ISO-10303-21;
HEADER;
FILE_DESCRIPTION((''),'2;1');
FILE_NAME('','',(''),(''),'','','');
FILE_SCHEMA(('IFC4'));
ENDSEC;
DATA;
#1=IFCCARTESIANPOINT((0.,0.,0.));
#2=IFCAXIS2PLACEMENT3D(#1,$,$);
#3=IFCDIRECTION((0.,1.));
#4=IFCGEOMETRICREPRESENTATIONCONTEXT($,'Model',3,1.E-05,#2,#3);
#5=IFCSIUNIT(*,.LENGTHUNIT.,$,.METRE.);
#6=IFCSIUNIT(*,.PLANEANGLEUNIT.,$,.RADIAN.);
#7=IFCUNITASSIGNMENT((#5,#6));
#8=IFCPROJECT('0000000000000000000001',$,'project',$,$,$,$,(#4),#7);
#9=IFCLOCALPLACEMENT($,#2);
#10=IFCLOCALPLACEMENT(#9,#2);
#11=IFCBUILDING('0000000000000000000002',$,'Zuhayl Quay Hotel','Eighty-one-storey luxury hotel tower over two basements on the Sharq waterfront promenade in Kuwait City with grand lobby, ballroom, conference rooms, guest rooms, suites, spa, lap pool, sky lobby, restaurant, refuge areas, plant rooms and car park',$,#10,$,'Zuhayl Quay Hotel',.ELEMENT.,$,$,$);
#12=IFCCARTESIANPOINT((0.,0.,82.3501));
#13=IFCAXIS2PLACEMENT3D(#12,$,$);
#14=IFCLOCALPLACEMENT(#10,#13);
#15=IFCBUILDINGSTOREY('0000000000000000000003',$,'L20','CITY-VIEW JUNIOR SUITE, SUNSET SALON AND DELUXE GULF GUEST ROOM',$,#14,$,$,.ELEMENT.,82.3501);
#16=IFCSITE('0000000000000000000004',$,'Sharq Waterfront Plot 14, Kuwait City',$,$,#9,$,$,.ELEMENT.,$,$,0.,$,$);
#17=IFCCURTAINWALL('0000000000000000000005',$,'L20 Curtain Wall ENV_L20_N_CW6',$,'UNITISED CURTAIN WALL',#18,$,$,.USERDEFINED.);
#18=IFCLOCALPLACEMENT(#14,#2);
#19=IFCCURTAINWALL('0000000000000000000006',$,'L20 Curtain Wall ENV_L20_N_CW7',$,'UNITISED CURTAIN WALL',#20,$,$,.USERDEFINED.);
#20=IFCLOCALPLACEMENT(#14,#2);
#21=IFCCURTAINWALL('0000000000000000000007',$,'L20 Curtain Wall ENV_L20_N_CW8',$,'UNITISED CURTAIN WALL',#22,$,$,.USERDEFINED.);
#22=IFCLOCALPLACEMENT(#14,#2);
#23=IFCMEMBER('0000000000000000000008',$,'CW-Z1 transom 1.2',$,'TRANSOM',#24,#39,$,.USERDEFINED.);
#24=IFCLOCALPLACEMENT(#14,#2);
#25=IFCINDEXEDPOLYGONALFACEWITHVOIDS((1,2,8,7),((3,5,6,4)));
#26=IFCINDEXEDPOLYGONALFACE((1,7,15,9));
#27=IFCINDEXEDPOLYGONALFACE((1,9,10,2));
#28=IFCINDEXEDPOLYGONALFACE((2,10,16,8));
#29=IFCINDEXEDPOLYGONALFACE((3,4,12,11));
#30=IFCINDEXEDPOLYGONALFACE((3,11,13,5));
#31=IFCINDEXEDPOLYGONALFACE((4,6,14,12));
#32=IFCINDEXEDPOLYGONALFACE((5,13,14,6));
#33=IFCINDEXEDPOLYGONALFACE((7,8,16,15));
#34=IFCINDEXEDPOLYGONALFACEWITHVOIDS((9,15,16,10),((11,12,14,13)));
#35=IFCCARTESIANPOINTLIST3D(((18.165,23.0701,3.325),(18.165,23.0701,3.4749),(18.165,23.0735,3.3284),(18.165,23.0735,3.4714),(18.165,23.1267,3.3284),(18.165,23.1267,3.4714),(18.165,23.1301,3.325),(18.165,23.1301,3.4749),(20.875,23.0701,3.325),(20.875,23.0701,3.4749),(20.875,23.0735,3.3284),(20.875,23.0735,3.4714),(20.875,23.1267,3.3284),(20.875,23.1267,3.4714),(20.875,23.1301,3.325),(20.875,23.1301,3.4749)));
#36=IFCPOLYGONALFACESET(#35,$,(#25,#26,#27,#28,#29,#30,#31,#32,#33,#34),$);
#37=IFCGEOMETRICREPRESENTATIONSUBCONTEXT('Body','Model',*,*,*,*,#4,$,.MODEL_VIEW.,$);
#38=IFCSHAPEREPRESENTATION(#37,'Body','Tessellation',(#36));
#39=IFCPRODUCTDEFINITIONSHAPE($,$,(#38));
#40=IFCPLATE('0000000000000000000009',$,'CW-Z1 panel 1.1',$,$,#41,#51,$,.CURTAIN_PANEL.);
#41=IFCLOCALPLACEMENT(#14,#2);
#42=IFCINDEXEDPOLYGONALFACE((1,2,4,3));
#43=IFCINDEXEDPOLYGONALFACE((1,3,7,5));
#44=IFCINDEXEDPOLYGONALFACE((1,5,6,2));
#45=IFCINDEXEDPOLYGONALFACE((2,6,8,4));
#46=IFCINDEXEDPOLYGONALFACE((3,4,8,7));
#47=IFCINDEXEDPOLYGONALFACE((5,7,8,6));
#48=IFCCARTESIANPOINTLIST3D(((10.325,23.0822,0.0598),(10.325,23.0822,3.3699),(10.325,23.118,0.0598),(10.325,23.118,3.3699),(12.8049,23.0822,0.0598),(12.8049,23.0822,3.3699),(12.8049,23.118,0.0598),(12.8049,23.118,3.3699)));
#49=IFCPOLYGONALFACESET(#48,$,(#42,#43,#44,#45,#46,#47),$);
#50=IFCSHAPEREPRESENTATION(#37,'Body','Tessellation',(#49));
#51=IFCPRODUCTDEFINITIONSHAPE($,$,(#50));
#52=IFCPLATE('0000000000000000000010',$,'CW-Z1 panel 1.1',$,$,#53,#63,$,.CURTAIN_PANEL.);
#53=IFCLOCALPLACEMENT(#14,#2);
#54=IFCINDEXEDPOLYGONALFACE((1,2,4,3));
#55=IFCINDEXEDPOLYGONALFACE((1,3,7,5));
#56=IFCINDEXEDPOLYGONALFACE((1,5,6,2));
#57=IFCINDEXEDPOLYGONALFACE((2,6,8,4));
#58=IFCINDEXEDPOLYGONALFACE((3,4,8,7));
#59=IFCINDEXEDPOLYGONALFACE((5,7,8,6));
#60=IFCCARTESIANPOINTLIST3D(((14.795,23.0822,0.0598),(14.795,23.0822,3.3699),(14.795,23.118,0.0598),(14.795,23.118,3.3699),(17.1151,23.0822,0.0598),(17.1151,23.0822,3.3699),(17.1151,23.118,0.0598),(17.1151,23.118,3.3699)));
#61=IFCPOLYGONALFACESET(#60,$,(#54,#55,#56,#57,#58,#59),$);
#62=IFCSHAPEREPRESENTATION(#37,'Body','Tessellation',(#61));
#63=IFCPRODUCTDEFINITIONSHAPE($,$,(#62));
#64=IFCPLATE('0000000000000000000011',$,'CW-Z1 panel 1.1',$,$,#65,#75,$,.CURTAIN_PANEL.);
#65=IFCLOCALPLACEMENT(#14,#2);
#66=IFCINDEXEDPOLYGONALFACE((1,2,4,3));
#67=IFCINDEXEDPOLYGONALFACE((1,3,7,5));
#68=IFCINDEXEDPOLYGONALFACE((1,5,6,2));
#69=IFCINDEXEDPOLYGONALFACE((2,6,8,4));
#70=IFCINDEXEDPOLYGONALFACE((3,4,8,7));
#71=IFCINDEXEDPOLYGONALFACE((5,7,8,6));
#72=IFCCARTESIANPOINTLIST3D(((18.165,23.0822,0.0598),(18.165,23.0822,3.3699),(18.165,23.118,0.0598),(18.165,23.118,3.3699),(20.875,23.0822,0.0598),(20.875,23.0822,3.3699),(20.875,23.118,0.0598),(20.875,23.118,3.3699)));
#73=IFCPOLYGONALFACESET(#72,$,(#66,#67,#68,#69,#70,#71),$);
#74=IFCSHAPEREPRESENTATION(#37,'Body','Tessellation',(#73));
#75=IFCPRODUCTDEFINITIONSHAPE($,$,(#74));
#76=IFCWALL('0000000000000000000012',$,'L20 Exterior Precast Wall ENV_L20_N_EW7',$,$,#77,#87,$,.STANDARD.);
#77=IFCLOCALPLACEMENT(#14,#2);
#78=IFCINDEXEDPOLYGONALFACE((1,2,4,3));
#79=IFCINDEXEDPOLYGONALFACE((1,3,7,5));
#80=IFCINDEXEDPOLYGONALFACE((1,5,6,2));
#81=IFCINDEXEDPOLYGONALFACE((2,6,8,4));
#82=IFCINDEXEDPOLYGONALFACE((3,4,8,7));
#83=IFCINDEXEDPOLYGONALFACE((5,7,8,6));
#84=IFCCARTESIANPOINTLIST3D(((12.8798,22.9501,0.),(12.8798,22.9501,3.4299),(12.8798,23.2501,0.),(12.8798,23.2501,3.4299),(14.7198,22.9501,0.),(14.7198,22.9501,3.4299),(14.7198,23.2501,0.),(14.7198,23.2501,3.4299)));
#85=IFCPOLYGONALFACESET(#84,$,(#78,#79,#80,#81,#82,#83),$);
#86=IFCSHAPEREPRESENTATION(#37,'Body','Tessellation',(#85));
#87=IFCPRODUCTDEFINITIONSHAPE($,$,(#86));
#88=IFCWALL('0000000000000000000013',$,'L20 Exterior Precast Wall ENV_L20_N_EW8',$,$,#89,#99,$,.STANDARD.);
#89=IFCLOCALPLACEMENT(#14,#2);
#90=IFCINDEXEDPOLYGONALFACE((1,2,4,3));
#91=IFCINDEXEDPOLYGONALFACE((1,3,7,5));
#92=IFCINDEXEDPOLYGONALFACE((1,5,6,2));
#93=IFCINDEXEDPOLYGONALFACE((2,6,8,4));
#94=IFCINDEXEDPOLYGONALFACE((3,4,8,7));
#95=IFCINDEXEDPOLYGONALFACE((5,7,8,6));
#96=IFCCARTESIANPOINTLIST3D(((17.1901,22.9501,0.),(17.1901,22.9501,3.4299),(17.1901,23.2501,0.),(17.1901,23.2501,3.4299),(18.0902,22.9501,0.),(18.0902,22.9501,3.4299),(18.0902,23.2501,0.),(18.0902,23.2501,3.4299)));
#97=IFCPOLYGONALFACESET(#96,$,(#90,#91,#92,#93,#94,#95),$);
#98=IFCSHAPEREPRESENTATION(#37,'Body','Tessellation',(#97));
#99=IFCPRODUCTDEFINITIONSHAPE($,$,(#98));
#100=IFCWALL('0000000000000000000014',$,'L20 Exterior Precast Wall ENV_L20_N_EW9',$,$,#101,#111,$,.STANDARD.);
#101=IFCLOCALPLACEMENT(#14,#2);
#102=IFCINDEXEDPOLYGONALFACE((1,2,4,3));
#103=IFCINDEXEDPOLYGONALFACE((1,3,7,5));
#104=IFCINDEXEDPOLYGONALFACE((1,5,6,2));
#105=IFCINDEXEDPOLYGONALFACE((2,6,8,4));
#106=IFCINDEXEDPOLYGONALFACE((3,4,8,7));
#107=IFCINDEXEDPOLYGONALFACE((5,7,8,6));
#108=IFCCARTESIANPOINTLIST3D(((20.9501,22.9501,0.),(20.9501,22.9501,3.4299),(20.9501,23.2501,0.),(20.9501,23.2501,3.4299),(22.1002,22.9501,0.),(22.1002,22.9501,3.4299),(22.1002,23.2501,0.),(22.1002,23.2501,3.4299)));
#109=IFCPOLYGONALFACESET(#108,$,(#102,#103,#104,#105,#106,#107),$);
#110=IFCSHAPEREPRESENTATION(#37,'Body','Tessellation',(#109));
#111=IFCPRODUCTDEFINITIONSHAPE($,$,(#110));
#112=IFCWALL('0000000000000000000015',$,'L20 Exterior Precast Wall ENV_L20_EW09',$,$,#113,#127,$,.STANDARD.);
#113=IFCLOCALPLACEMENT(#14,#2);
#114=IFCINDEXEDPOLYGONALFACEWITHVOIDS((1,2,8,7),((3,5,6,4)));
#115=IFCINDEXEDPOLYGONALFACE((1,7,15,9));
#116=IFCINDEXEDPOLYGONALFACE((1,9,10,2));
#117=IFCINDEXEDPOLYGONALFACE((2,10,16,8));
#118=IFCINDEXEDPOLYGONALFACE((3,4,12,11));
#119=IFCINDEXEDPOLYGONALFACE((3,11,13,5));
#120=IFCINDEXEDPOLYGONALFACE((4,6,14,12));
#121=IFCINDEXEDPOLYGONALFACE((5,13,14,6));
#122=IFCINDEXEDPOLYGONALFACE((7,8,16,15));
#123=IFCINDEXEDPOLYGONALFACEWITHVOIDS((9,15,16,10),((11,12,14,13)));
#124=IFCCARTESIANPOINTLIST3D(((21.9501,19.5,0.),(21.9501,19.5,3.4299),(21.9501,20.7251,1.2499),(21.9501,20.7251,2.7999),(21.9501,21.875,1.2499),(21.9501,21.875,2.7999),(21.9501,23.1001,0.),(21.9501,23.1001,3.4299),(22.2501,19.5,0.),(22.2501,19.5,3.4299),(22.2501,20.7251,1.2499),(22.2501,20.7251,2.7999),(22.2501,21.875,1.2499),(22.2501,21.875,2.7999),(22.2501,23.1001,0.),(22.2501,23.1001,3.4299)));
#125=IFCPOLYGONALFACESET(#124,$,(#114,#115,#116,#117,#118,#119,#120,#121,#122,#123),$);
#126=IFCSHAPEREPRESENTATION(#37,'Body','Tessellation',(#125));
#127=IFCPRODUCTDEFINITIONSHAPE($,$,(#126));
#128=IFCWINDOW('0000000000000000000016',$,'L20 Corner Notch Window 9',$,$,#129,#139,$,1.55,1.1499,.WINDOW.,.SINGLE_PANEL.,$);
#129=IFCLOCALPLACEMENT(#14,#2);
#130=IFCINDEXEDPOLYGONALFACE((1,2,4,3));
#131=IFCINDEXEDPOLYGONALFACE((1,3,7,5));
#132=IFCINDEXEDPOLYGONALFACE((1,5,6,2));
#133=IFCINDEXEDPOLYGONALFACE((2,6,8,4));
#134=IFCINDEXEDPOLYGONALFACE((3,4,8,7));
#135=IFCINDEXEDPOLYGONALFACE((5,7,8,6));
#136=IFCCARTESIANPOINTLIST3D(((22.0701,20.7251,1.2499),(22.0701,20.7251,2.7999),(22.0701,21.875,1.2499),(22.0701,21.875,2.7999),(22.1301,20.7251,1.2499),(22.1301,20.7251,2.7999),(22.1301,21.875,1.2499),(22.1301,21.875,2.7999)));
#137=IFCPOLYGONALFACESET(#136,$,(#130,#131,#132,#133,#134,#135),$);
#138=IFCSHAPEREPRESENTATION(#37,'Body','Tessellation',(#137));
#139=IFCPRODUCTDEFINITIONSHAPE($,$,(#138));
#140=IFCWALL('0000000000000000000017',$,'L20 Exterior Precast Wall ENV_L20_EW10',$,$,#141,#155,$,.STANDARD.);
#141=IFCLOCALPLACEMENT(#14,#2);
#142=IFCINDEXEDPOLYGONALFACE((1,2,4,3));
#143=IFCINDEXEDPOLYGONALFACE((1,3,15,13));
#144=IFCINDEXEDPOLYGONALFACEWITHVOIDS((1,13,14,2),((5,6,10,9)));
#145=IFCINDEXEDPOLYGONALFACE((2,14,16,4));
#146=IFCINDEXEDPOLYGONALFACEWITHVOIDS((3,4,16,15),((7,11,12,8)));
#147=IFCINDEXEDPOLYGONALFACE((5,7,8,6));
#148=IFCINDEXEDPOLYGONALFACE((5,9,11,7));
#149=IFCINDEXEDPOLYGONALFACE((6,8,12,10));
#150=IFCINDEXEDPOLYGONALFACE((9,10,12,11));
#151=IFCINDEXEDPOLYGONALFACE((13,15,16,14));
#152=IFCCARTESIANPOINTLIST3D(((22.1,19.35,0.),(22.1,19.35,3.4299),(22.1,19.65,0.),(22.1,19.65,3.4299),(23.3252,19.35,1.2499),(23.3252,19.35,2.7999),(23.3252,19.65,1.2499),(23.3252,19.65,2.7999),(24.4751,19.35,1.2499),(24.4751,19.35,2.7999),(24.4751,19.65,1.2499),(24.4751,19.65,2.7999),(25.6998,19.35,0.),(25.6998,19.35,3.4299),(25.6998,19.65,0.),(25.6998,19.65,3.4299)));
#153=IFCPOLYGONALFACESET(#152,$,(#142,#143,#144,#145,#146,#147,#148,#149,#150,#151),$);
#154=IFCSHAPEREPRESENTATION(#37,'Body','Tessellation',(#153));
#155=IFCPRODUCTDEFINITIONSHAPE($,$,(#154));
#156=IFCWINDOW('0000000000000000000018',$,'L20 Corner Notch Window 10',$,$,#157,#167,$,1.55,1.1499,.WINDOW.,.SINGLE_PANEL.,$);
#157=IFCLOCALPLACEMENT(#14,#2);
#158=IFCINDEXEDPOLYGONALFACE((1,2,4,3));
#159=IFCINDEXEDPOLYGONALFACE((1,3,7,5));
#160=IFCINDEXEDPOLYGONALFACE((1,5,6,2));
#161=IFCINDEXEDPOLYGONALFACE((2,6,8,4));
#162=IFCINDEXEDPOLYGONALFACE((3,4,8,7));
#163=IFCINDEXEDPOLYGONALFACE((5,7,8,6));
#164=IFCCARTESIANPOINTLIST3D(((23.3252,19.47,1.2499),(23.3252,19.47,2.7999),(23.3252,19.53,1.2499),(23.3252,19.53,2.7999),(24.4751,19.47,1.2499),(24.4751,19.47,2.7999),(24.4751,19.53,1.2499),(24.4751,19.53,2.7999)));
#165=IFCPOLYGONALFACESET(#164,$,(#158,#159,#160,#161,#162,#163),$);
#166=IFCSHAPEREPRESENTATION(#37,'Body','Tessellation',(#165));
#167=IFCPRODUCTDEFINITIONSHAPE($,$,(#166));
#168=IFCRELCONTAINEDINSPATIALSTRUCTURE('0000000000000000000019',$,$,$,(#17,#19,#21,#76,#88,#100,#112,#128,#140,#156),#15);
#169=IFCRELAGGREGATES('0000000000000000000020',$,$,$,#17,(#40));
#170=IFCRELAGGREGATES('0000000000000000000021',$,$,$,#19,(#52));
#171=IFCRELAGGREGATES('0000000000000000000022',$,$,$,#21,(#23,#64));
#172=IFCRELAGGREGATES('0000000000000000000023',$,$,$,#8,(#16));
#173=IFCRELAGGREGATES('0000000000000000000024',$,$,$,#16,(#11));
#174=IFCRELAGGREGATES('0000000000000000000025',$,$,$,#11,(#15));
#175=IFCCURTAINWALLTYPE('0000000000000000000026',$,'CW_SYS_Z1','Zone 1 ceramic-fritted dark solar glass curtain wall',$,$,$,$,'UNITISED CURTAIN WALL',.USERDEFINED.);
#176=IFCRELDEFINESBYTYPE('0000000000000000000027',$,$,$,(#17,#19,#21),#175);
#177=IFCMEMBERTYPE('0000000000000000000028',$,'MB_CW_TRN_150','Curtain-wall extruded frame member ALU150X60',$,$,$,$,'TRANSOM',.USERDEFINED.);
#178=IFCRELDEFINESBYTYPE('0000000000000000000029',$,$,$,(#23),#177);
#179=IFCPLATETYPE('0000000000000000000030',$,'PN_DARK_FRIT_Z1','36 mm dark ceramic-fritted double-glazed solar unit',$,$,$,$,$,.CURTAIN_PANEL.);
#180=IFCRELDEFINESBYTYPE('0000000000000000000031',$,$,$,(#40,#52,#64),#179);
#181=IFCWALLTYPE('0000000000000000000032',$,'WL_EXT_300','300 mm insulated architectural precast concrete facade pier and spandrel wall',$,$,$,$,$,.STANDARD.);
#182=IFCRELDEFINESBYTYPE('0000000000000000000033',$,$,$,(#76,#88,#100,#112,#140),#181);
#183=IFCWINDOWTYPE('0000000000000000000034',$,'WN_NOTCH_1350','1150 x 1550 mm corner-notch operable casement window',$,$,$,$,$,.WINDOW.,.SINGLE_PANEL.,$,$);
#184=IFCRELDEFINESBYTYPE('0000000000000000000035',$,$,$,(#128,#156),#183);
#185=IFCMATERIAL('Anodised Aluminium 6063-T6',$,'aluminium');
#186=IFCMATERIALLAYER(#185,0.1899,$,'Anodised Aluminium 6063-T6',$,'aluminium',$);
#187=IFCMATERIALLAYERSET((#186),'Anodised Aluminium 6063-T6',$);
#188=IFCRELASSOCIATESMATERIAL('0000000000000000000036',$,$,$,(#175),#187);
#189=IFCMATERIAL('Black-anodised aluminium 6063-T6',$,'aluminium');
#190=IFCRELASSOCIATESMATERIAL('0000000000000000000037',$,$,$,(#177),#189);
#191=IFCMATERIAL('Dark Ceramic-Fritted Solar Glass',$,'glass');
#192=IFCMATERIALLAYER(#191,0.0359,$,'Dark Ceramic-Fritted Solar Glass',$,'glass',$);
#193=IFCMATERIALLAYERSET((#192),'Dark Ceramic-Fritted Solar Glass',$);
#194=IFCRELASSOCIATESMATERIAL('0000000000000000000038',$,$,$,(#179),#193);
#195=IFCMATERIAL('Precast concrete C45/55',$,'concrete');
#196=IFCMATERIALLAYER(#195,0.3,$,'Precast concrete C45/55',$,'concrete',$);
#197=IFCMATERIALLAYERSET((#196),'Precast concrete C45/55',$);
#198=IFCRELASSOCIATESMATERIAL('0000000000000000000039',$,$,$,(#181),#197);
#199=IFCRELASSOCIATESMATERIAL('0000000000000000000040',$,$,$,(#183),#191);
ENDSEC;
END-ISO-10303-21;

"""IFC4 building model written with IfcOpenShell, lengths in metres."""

from ifc_helpers import new_model, si_unit, direction, frame, frame_2d, origin, origin_2d, place, context, subcontext, project, spatial, rectangle, hollow_rectangle, extrude, material, layer, layer_set, material_profile, profile_set, type_object, element, fill, aggregate, save


model = new_model("IFC4")

# Units and contexts
model_context = context("Model", 3, precision=1e-05, world=origin(), true_north=direction((0.0, 1.0)))
body_context = subcontext(model_context, "Body", "Model", "MODEL_VIEW")
ifc_project = project(units=[si_unit("LENGTHUNIT", "METRE"), si_unit("PLANEANGLEUNIT", "RADIAN")], contexts=[model_context])

# Site, building, storey
site_placement = place(None, origin())
site = spatial("IfcSite", under=ifc_project, at=site_placement, Name="Sharq Waterfront Plot 14, Kuwait City", CompositionType="ELEMENT", RefElevation=0.0)
building_placement = place(site_placement, origin())
building = spatial("IfcBuilding", under=site, at=building_placement, Name="Zuhayl Quay Hotel", Description="Eighty-one-storey luxury hotel tower over two basements on the Sharq waterfront promenade in Kuwait City with grand lobby, ballroom, conference rooms, guest rooms, suites, spa, lap pool, sky lobby, restaurant, refuge areas, plant rooms and car park", LongName="Zuhayl Quay Hotel", CompositionType="ELEMENT")
storey_placement = place(building_placement, frame((0.0, 0.0, 82.3501)))
storey = spatial("IfcBuildingStorey", under=building, at=storey_placement, Name="L20", Description="CITY-VIEW JUNIOR SUITE, SUNSET SALON AND DELUXE GULF GUEST ROOM", CompositionType="ELEMENT", Elevation=82.3501)

# Curtain wall
ifc_material_1 = material(Name="Anodised Aluminium 6063-T6", Category="aluminium")
ifc_layer_1 = layer(ifc_material_1, 0.1899, Name="Anodised Aluminium 6063-T6", Category="aluminium")
ifc_layer_set_1 = layer_set([ifc_layer_1], Name="Anodised Aluminium 6063-T6")
curtain_wall_type = type_object("IfcCurtainWallType", Name="CW_SYS_Z1", Description="Zone 1 ceramic-fritted dark solar glass curtain wall", ElementType="UNITISED CURTAIN WALL", PredefinedType="USERDEFINED", material=ifc_layer_set_1)
curtain_wall_1_placement = place(storey_placement, origin())
curtain_wall_1 = element("IfcCurtainWall", 1, at=curtain_wall_1_placement, inside=storey, type_object=curtain_wall_type, Name="L20 Curtain Wall ENV_L20_N_CW6", ObjectType="UNITISED CURTAIN WALL", PredefinedType="USERDEFINED")
ifc_material_2 = material(Name="Black-anodised aluminium 6063-T6", Category="aluminium")

# Curtain walls
curtain_wall_2_placement = place(storey_placement, origin())
curtain_wall_2 = element("IfcCurtainWall", 2, at=curtain_wall_2_placement, inside=storey, type_object=curtain_wall_type, Name="L20 Curtain Wall ENV_L20_N_CW7", ObjectType="UNITISED CURTAIN WALL", PredefinedType="USERDEFINED")
curtain_wall_3_placement = place(storey_placement, origin())
curtain_wall_3 = element("IfcCurtainWall", 3, at=curtain_wall_3_placement, inside=storey, type_object=curtain_wall_type, Name="L20 Curtain Wall ENV_L20_N_CW8", ObjectType="UNITISED CURTAIN WALL", PredefinedType="USERDEFINED")

# Member
ifc_material_profile_1 = material_profile(ifc_material_2, hollow_rectangle(XDim=0.0601, YDim=0.1499, WallThickness=0.0034, at=origin_2d()), Name="ALU150X60")
ifc_profile_set_1 = profile_set([ifc_material_profile_1], Name="Black-anodised aluminium 6063-T6")
member_type_1 = type_object("IfcMemberType", Name="MB_CW_TRN_150", Description="Curtain-wall extruded frame member ALU150X60", ElementType="TRANSOM", PredefinedType="USERDEFINED", material=ifc_profile_set_1)
member_1_placement = place(storey_placement, frame((18.165, 23.1001, 3.3999), z_axis=(1.0, 0.0, 0.0), x_axis=(0.0, 1.0, 0.0)))
member_1 = element("IfcMember", 4, at=member_1_placement, type_object=member_type_1, Name="CW-Z1 transom 1.2", ObjectType="TRANSOM", PredefinedType="USERDEFINED", context=body_context, shape_type="SweptSolid", body=[
    extrude(hollow_rectangle(XDim=0.0601, YDim=0.1499, WallThickness=0.0034, at=origin_2d()), origin(), (0.0, 0.0, 1.0), 2.71),
])

# Plates
ifc_material_3 = material(Name="Dark Ceramic-Fritted Solar Glass", Category="glass")
ifc_layer_2 = layer(ifc_material_3, 0.0359, Name="Dark Ceramic-Fritted Solar Glass", Category="glass")
ifc_layer_set_2 = layer_set([ifc_layer_2], Name="Dark Ceramic-Fritted Solar Glass")
plate_type = type_object("IfcPlateType", Name="PN_DARK_FRIT_Z1", Description="36 mm dark ceramic-fritted double-glazed solar unit", PredefinedType="CURTAIN_PANEL", material=ifc_layer_set_2)
plate_1_placement = place(storey_placement, frame((11.5649, 23.1001, 0.0598), z_axis=(0.0, 0.0, 1.0), x_axis=(1.0, 0.0, 0.0)))
plate_1 = element("IfcPlate", 5, at=plate_1_placement, type_object=plate_type, Name="CW-Z1 panel 1.1", PredefinedType="CURTAIN_PANEL", context=body_context, shape_type="SweptSolid", body=[
    extrude(rectangle(XDim=2.48, YDim=0.0359, at=origin_2d()), origin(), (0.0, 0.0, 1.0), 3.3101),
])
aggregate(curtain_wall_1, [plate_1])
plate_2_placement = place(storey_placement, frame((15.9551, 23.1001, 0.0598), z_axis=(0.0, 0.0, 1.0), x_axis=(1.0, 0.0, 0.0)))
plate_2 = element("IfcPlate", 6, at=plate_2_placement, type_object=plate_type, Name="CW-Z1 panel 1.1", PredefinedType="CURTAIN_PANEL", context=body_context, shape_type="SweptSolid", body=[
    extrude(rectangle(XDim=2.3201, YDim=0.0359, at=origin_2d()), origin(), (0.0, 0.0, 1.0), 3.3101),
])
aggregate(curtain_wall_2, [plate_2])
plate_3_placement = place(storey_placement, frame((19.52, 23.1001, 0.0598), z_axis=(0.0, 0.0, 1.0), x_axis=(1.0, 0.0, 0.0)))
plate_3 = element("IfcPlate", 7, at=plate_3_placement, type_object=plate_type, Name="CW-Z1 panel 1.1", PredefinedType="CURTAIN_PANEL", context=body_context, shape_type="SweptSolid", body=[
    extrude(rectangle(XDim=2.71, YDim=0.0359, at=origin_2d()), origin(), (0.0, 0.0, 1.0), 3.3101),
])
aggregate(curtain_wall_3, [member_1, plate_3])

# Walls
ifc_material_4 = material(Name="Precast concrete C45/55", Category="concrete")
ifc_layer_3 = layer(ifc_material_4, 0.3, Name="Precast concrete C45/55", Category="concrete")
ifc_layer_set_3 = layer_set([ifc_layer_3], Name="Precast concrete C45/55")
wall_type_1 = type_object("IfcWallType", Name="WL_EXT_300", Description="300 mm insulated architectural precast concrete facade pier and spandrel wall", PredefinedType="STANDARD", material=ifc_layer_set_3)
wall_1_placement = place(storey_placement, frame((12.8799, 23.1001, 0.0), z_axis=(0.0, 0.0, 1.0), x_axis=(1.0, 0.0, 0.0)))
element("IfcWall", 8, at=wall_1_placement, inside=storey, type_object=wall_type_1, Name="L20 Exterior Precast Wall ENV_L20_N_EW7", PredefinedType="STANDARD", context=body_context, shape_type="SweptSolid", body=[
    extrude(rectangle(XDim=1.8401, YDim=0.3, at=frame_2d((0.9199, 0.0))), origin(), (0.0, 0.0, 1.0), 3.4299),
])
wall_2_placement = place(storey_placement, frame((17.1899, 23.1001, 0.0), z_axis=(0.0, 0.0, 1.0), x_axis=(1.0, 0.0, 0.0)))
element("IfcWall", 9, at=wall_2_placement, inside=storey, type_object=wall_type_1, Name="L20 Exterior Precast Wall ENV_L20_N_EW8", PredefinedType="STANDARD", context=body_context, shape_type="SweptSolid", body=[
    extrude(rectangle(XDim=0.9001, YDim=0.3, at=frame_2d((0.4502, 0.0))), origin(), (0.0, 0.0, 1.0), 3.4299),
])
wall_3_placement = place(storey_placement, frame((20.95, 23.1001, 0.0), z_axis=(0.0, 0.0, 1.0), x_axis=(1.0, 0.0, 0.0)))
element("IfcWall", 10, at=wall_3_placement, inside=storey, type_object=wall_type_1, Name="L20 Exterior Precast Wall ENV_L20_N_EW9", PredefinedType="STANDARD", context=body_context, shape_type="SweptSolid", body=[
    extrude(rectangle(XDim=1.1501, YDim=0.3, at=frame_2d((0.5752, 0.0))), origin(), (0.0, 0.0, 1.0), 3.4299),
])

# Walls, openings, windows
wall_4_placement = place(storey_placement, frame((22.1001, 23.1001, 0.0), z_axis=(0.0, 0.0, 1.0), x_axis=(0.0, -1.0, 0.0)))
wall_4 = element("IfcWall", 11, at=wall_4_placement, inside=storey, type_object=wall_type_1, Name="L20 Exterior Precast Wall ENV_L20_EW09", PredefinedType="STANDARD", context=body_context, shape_type="SweptSolid", body=[
    extrude(rectangle(XDim=3.6001, YDim=0.3, at=frame_2d((1.8, 0.0))), origin(), (0.0, 0.0, 1.0), 3.4299),
])
opening_1_placement = place(wall_4_placement, frame((1.2251, 0.0, 1.25)))
opening_1 = element("IfcOpeningElement", 12, at=opening_1_placement, cuts=wall_4, PredefinedType="OPENING", context=body_context, shape_type="SweptSolid", body=[
    extrude(rectangle(XDim=1.1499, YDim=1.55, at=frame_2d((0.575, 0.7749))), frame((0.0, 0.1599, 0.0), z_axis=(0.0, -1.0, 0.0), x_axis=(1.0, 0.0, 0.0)), (0.0, 0.0, 1.0), 0.3201),
])
window_type_1 = type_object("IfcWindowType", Name="WN_NOTCH_1350", Description="1150 x 1550 mm corner-notch operable casement window", PartitioningType="SINGLE_PANEL", PredefinedType="WINDOW", material=ifc_material_3)
window_1_placement = place(opening_1_placement, origin())
window_1 = element("IfcWindow", 13, at=window_1_placement, inside=storey, type_object=window_type_1, Name="L20 Corner Notch Window 9", OverallHeight=1.55, OverallWidth=1.1499, PartitioningType="SINGLE_PANEL", PredefinedType="WINDOW", context=body_context, shape_type="SweptSolid", body=[
    extrude(rectangle(XDim=1.1499, YDim=1.55, at=frame_2d((0.575, 0.7749))), frame((0.0, 0.03, 0.0), z_axis=(0.0, -1.0, 0.0), x_axis=(1.0, 0.0, 0.0)), (0.0, 0.0, 1.0), 0.0601),
])
fill(opening_1, window_1)
wall_5_placement = place(storey_placement, frame((22.1001, 19.5, 0.0), z_axis=(0.0, 0.0, 1.0), x_axis=(1.0, 0.0, 0.0)))
wall_5 = element("IfcWall", 14, at=wall_5_placement, inside=storey, type_object=wall_type_1, Name="L20 Exterior Precast Wall ENV_L20_EW10", PredefinedType="STANDARD", context=body_context, shape_type="SweptSolid", body=[
    extrude(rectangle(XDim=3.5999, YDim=0.3, at=frame_2d((1.7998, 0.0))), origin(), (0.0, 0.0, 1.0), 3.4299),
])
opening_2_placement = place(wall_5_placement, frame((1.2251, 0.0, 1.25)))
opening_2 = element("IfcOpeningElement", 15, at=opening_2_placement, cuts=wall_5, PredefinedType="OPENING", context=body_context, shape_type="SweptSolid", body=[
    extrude(rectangle(XDim=1.1499, YDim=1.55, at=frame_2d((0.575, 0.7749))), frame((0.0, 0.1599, 0.0), z_axis=(0.0, -1.0, 0.0), x_axis=(1.0, 0.0, 0.0)), (0.0, 0.0, 1.0), 0.3201),
])
window_2_placement = place(opening_2_placement, origin())
window_2 = element("IfcWindow", 16, at=window_2_placement, inside=storey, type_object=window_type_1, Name="L20 Corner Notch Window 10", OverallHeight=1.55, OverallWidth=1.1499, PartitioningType="SINGLE_PANEL", PredefinedType="WINDOW", context=body_context, shape_type="SweptSolid", body=[
    extrude(rectangle(XDim=1.1499, YDim=1.55, at=frame_2d((0.575, 0.7749))), frame((0.0, 0.03, 0.0), z_axis=(0.0, -1.0, 0.0), x_axis=(1.0, 0.0, 0.0)), (0.0, 0.0, 1.0), 0.0601),
])
fill(opening_2, window_2)

save(model, "model.ifc")
